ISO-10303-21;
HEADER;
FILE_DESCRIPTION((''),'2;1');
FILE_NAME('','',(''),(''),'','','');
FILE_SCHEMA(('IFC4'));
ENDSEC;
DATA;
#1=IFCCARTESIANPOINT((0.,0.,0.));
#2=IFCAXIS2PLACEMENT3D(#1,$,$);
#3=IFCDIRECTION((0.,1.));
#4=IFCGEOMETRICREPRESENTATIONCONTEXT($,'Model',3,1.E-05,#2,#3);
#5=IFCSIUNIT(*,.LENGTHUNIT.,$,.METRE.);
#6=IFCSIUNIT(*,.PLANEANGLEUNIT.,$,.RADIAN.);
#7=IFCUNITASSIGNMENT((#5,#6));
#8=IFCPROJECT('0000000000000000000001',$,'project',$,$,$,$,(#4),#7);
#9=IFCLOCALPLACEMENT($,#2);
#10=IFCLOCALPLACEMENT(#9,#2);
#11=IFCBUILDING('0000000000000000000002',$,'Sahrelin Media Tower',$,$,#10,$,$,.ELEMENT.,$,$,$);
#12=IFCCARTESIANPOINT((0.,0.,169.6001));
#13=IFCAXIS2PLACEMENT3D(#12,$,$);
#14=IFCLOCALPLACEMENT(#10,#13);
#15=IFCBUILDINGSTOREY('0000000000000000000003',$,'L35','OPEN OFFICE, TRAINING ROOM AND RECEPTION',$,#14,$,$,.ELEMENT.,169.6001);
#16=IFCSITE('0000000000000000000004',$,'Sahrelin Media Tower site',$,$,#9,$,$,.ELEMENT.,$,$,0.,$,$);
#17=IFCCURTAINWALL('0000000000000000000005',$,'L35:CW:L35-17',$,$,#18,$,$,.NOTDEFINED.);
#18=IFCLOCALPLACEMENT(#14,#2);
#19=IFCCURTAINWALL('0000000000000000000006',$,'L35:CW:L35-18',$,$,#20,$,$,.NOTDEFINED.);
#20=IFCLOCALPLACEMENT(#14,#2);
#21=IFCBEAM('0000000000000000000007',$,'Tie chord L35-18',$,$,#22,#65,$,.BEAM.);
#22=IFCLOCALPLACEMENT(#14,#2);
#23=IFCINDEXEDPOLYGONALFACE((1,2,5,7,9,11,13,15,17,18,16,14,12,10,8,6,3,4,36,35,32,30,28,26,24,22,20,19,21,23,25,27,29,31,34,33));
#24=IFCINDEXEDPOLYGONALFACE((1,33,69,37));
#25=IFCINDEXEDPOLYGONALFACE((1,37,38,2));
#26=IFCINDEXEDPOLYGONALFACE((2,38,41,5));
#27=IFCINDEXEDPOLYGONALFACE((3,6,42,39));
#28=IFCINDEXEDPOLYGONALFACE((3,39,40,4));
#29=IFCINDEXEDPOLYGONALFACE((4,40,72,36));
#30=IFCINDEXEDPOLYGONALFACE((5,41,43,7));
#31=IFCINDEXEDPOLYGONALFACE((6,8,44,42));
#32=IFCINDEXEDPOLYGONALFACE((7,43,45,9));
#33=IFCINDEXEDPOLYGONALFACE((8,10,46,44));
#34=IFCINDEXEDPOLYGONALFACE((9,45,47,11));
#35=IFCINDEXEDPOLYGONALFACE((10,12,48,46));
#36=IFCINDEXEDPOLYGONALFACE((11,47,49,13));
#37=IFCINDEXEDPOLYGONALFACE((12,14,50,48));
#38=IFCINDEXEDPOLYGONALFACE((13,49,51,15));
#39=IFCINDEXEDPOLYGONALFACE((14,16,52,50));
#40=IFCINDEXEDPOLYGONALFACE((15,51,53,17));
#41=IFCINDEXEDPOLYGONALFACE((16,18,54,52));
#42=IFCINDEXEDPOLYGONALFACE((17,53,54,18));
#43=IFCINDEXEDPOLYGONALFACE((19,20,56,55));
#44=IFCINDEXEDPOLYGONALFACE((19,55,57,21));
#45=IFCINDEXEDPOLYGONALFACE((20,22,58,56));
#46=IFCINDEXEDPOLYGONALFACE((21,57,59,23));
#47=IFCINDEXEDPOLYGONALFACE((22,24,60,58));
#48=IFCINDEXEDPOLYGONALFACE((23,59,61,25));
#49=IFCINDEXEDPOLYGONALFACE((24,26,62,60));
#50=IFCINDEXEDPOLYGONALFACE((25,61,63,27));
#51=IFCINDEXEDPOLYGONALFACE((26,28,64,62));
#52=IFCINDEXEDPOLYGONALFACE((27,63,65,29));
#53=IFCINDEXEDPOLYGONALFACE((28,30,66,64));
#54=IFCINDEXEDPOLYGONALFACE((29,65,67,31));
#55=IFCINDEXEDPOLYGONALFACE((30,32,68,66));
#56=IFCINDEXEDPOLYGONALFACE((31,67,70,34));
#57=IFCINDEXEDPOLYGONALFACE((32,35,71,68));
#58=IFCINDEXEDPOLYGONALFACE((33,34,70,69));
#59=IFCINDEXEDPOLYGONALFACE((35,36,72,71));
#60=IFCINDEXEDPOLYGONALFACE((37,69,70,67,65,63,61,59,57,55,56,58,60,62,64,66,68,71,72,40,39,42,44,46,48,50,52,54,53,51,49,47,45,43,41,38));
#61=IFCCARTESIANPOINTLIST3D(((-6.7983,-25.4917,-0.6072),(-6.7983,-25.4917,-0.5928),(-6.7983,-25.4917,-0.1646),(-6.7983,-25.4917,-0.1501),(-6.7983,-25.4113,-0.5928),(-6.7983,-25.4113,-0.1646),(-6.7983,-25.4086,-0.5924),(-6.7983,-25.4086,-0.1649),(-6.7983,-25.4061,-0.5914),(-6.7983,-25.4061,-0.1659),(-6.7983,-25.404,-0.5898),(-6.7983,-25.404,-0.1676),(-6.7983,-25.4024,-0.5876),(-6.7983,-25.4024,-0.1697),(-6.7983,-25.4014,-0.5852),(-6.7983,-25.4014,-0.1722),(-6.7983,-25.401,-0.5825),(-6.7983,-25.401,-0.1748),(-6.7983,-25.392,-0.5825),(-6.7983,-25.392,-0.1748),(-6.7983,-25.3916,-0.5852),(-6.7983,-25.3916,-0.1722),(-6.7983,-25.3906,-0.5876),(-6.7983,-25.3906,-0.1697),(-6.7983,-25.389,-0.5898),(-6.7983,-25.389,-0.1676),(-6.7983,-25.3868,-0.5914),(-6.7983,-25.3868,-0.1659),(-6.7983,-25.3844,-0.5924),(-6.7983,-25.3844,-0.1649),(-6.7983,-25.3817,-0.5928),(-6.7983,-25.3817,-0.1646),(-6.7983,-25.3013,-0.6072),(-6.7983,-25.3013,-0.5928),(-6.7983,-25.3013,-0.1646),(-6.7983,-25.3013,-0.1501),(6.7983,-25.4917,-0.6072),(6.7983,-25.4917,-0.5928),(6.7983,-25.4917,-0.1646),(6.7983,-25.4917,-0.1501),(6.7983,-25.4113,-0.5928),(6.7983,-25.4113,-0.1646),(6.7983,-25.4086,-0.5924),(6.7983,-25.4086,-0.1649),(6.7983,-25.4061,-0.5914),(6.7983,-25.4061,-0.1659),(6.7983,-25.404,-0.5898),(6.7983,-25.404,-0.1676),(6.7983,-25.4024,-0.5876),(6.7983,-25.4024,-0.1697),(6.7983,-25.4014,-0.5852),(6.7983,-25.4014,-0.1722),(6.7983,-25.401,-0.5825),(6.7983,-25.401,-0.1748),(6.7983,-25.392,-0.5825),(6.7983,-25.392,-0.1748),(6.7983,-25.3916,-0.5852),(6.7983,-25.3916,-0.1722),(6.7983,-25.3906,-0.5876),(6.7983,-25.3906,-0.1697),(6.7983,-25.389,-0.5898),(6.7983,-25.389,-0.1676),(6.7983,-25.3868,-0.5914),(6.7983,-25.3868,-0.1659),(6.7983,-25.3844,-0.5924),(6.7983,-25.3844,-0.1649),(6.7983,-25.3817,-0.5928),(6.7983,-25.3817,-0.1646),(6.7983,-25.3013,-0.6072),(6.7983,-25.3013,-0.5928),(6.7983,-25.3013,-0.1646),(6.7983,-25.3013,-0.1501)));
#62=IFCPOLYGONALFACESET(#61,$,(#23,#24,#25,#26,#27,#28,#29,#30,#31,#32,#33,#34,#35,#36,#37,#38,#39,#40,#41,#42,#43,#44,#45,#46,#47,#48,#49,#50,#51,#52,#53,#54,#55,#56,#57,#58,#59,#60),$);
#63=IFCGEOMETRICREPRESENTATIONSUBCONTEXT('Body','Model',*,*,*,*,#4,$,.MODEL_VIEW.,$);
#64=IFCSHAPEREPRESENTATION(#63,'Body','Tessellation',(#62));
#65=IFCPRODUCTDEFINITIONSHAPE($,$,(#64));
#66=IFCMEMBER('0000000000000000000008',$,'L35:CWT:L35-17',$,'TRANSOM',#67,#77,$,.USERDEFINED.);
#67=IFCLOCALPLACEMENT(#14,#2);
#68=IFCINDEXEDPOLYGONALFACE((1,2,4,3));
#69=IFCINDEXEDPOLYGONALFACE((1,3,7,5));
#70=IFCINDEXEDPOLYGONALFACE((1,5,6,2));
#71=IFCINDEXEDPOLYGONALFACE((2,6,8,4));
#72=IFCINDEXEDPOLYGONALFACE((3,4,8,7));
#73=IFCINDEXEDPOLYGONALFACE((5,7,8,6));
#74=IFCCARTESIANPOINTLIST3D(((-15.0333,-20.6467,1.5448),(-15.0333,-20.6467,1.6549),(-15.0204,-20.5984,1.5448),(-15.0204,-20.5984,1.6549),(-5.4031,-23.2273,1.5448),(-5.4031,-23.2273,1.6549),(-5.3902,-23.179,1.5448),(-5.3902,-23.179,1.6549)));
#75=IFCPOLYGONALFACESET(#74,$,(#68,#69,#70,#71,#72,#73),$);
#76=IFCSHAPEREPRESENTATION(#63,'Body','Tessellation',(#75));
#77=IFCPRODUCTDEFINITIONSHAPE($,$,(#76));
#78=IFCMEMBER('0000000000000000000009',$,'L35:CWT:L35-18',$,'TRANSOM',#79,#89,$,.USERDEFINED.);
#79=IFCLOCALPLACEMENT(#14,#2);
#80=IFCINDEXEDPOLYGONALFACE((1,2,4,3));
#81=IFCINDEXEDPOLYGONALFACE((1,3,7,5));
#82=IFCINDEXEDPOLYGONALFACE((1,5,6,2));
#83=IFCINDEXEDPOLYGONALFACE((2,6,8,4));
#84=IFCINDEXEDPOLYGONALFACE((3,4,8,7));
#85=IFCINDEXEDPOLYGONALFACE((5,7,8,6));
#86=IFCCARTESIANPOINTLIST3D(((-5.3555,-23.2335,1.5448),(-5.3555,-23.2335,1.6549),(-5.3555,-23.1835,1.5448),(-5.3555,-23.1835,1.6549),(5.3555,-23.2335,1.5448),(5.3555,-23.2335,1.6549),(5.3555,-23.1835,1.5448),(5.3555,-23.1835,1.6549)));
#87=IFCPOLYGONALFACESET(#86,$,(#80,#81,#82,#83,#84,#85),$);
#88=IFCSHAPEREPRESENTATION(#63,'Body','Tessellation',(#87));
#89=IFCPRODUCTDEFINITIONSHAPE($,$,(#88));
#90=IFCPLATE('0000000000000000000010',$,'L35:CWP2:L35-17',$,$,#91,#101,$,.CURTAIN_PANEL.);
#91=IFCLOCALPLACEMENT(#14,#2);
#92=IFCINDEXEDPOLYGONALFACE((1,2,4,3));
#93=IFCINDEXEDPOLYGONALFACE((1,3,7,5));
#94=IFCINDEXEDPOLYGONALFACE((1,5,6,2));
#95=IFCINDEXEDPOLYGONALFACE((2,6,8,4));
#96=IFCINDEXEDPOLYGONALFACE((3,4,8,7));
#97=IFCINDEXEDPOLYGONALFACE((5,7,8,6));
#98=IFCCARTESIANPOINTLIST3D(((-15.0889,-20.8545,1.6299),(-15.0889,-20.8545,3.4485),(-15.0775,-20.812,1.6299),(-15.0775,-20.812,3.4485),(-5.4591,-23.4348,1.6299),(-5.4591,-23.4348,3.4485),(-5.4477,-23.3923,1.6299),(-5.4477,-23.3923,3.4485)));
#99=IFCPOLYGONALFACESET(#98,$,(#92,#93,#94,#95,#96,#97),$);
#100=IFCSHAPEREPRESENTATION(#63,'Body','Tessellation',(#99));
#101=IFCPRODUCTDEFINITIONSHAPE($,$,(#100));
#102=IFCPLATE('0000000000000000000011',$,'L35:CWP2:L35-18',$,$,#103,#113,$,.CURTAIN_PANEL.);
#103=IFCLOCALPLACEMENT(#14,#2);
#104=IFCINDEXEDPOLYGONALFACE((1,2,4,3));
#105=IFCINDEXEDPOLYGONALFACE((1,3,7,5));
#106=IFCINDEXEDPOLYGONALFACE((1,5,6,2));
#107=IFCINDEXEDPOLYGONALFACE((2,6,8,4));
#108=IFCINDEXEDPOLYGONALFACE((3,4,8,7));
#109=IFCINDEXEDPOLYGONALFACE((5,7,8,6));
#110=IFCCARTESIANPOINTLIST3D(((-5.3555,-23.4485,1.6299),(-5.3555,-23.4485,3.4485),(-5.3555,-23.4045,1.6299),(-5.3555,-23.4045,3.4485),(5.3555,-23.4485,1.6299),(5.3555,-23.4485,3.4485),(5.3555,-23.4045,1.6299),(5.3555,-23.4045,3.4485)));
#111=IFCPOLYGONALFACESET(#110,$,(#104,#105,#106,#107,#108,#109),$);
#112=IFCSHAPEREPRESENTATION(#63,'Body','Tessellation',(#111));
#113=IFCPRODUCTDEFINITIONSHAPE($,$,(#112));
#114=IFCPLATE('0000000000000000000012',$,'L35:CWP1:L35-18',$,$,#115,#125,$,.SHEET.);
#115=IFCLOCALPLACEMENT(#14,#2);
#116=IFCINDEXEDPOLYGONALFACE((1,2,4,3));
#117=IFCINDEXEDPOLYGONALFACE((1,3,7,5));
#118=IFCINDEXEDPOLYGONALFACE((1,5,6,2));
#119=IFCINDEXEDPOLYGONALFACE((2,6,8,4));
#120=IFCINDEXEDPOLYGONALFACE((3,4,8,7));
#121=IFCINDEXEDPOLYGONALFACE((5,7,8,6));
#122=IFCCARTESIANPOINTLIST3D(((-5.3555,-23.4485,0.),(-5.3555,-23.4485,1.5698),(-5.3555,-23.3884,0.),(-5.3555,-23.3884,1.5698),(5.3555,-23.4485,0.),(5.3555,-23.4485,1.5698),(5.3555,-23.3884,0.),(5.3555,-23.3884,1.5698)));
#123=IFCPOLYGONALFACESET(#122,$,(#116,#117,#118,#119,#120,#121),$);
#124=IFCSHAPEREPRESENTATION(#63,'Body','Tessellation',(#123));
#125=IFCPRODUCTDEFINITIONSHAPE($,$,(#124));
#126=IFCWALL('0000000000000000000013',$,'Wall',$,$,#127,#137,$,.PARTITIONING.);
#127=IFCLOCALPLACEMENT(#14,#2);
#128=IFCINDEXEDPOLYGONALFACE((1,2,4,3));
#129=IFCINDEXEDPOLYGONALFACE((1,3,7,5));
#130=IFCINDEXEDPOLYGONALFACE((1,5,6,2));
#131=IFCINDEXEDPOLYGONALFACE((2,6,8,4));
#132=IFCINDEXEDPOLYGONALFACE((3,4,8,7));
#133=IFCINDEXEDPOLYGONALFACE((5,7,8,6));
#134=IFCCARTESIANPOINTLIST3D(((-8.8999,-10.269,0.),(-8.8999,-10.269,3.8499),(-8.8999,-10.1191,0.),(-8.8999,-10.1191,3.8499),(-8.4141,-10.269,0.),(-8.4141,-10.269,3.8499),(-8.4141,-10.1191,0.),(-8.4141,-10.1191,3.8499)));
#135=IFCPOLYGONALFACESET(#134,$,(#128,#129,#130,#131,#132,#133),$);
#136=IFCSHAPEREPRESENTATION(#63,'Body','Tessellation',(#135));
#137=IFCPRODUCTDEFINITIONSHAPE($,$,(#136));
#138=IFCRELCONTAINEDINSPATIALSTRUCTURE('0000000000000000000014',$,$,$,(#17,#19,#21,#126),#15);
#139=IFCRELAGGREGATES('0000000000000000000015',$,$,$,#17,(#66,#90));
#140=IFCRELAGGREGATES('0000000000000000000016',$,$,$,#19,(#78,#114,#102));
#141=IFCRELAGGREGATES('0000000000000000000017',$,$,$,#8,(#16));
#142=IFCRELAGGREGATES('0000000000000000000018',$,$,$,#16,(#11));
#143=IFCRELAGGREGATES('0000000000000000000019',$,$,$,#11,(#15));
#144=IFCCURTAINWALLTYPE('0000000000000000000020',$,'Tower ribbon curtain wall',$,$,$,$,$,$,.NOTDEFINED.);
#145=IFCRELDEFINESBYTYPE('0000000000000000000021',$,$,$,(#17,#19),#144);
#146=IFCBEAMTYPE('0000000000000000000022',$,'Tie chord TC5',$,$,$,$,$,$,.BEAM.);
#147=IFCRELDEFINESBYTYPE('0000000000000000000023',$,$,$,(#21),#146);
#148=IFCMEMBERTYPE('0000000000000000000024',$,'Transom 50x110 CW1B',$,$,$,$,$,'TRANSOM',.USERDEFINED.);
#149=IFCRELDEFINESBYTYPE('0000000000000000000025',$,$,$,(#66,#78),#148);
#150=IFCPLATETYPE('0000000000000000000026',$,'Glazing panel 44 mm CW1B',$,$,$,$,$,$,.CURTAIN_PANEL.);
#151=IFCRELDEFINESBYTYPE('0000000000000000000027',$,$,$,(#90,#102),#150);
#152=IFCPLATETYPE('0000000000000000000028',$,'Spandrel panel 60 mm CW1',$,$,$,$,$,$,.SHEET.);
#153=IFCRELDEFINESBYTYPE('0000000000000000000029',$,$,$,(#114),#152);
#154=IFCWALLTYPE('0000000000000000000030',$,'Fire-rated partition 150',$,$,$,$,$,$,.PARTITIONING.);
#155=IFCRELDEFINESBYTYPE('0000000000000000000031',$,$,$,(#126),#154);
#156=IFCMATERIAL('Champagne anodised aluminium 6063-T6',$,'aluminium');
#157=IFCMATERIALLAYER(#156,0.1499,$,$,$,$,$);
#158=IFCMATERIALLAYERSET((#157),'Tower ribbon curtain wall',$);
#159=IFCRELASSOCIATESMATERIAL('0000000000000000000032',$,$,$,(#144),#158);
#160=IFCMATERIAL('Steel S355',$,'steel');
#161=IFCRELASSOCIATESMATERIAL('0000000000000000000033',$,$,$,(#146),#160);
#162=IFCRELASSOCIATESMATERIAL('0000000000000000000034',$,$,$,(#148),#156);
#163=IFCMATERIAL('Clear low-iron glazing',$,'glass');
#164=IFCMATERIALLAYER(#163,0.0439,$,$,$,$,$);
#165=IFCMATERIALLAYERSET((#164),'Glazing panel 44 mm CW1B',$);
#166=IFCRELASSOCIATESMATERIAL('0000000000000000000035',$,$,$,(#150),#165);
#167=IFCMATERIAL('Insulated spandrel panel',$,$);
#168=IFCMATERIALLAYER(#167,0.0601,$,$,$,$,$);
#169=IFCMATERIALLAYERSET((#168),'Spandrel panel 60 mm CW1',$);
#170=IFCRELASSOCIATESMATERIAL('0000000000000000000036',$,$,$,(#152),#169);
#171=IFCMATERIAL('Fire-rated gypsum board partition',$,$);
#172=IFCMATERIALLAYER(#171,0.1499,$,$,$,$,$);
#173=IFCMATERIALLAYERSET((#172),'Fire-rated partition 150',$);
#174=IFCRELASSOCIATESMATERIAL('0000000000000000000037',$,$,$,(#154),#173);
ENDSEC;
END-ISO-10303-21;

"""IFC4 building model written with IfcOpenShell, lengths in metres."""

from ifc_helpers import new_model, si_unit, direction, frame, frame_2d, origin, origin_2d, place, context, subcontext, project, spatial, polyline, rectangle, i_section, outline, extrude, material, layer, layer_set, material_profile, profile_set, type_object, element, aggregate, save


model = new_model("IFC4")

# Units and contexts
model_context = context("Model", 3, precision=1e-05, world=origin(), true_north=direction((0.0, 1.0)))
body_context = subcontext(model_context, "Body", "Model", "MODEL_VIEW")
ifc_project = project(units=[si_unit("LENGTHUNIT", "METRE"), si_unit("PLANEANGLEUNIT", "RADIAN")], contexts=[model_context])

# Site, building, storey
site_placement = place(None, origin())
site = spatial("IfcSite", under=ifc_project, at=site_placement, Name="Sahrelin Media Tower site", CompositionType="ELEMENT", RefElevation=0.0)
building_placement = place(site_placement, origin())
building = spatial("IfcBuilding", under=site, at=building_placement, Name="Sahrelin Media Tower", CompositionType="ELEMENT")
storey_placement = place(building_placement, frame((0.0, 0.0, 169.6001)))
storey = spatial("IfcBuildingStorey", under=building, at=storey_placement, Name="L35", Description="OPEN OFFICE, TRAINING ROOM AND RECEPTION", CompositionType="ELEMENT", Elevation=169.6001)

# Shared definitions
ifc_material_1 = material(Name="Steel S355", Category="steel")

# Curtain walls
ifc_material_2 = material(Name="Champagne anodised aluminium 6063-T6", Category="aluminium")
ifc_layer_1 = layer(ifc_material_2, 0.1499)
ifc_layer_set_1 = layer_set([ifc_layer_1], Name="Tower ribbon curtain wall")
curtain_wall_type = type_object("IfcCurtainWallType", Name="Tower ribbon curtain wall", PredefinedType="NOTDEFINED", material=ifc_layer_set_1)
curtain_wall_1_placement = place(storey_placement, frame((-10.2688, -22.1252, 0.0), z_axis=(0.0, 0.0, 1.0), x_axis=(1.0, 0.0, 0.0)))
curtain_wall_1 = element("IfcCurtainWall", 1, at=curtain_wall_1_placement, inside=storey, type_object=curtain_wall_type, Name="L35:CW:L35-17", PredefinedType="NOTDEFINED")
curtain_wall_2_placement = place(storey_placement, frame((0.0, -23.4285, 0.0), z_axis=(0.0, 0.0, 1.0), x_axis=(1.0, 0.0, 0.0)))
curtain_wall_2 = element("IfcCurtainWall", 2, at=curtain_wall_2_placement, inside=storey, type_object=curtain_wall_type, Name="L35:CW:L35-18", PredefinedType="NOTDEFINED")

# Beam
ifc_material_profile_1 = material_profile(ifc_material_1, i_section(OverallWidth=0.1904, OverallDepth=0.457, WebThickness=0.009, FlangeThickness=0.0144, FilletRadius=0.0103, at=origin_2d()), Name="UB 457x191x74")
ifc_profile_set_1 = profile_set([ifc_material_profile_1], Name="Steel S355")
beam_type_1 = type_object("IfcBeamType", Name="Tie chord TC5", PredefinedType="BEAM", material=ifc_profile_set_1)
beam_1_placement = place(storey_placement, frame((-6.7983, -25.3965, -0.3787), z_axis=(1.0, 0.0, 0.0), x_axis=(0.0, 1.0, 0.0)))
element("IfcBeam", 3, at=beam_1_placement, inside=storey, type_object=beam_type_1, Name="Tie chord L35-18", PredefinedType="BEAM", context=body_context, shape_type="SweptSolid", body=[
    extrude(i_section(OverallWidth=0.1904, OverallDepth=0.457, WebThickness=0.009, FlangeThickness=0.0144, FilletRadius=0.0103, at=origin_2d()), origin(), (0.0, 0.0, 1.0), 13.5967),
])

# Members
ifc_material_profile_2 = material_profile(ifc_material_2, rectangle(XDim=0.05, YDim=0.1101, at=origin_2d()), Name="Transom 50x110")
ifc_profile_set_2 = profile_set([ifc_material_profile_2], Name="Champagne anodised aluminium 6063-T6")
member_type_1 = type_object("IfcMemberType", Name="Transom 50x110 CW1B", ElementType="TRANSOM", PredefinedType="USERDEFINED", material=ifc_profile_set_2)
member_1_placement = place(storey_placement, frame((-15.0269, -20.6226, 1.5999), z_axis=(0.965921, -0.258836, 0.0), x_axis=(0.258836, 0.965921, 0.0)))
member_1 = element("IfcMember", 4, at=member_1_placement, type_object=member_type_1, Name="L35:CWT:L35-17", ObjectType="TRANSOM", PredefinedType="USERDEFINED", context=body_context, shape_type="SweptSolid", body=[
    extrude(rectangle(XDim=0.05, YDim=0.1101, at=origin_2d()), origin(), (0.0, 0.0, 1.0), 9.97),
])
member_2_placement = place(storey_placement, frame((-5.3555, -23.2085, 1.5999), z_axis=(1.0, 0.0, 0.0), x_axis=(0.0, 1.0, 0.0)))
member_2 = element("IfcMember", 5, at=member_2_placement, type_object=member_type_1, Name="L35:CWT:L35-18", ObjectType="TRANSOM", PredefinedType="USERDEFINED", context=body_context, shape_type="SweptSolid", body=[
    extrude(rectangle(XDim=0.05, YDim=0.1101, at=origin_2d()), origin(), (0.0, 0.0, 1.0), 10.7109),
])

# Plates
ifc_material_3 = material(Name="Clear low-iron glazing", Category="glass")
ifc_layer_2 = layer(ifc_material_3, 0.0439)
ifc_layer_set_2 = layer_set([ifc_layer_2], Name="Glazing panel 44 mm CW1B")
plate_type_1 = type_object("IfcPlateType", Name="Glazing panel 44 mm CW1B", PredefinedType="CURTAIN_PANEL", material=ifc_layer_set_2)
plate_1_placement = place(storey_placement, frame((-15.0889, -20.8545, 1.6299), z_axis=(-0.258819, -0.965926, 0.0), x_axis=(0.965926, -0.258819, 0.0)))
plate_1 = element("IfcPlate", 6, at=plate_1_placement, type_object=plate_type_1, Name="L35:CWP2:L35-17", PredefinedType="CURTAIN_PANEL", context=body_context, shape_type="SweptSolid", body=[
    extrude(outline(polyline([(0.0, 0.0), (9.9695, 0.0), (9.9695, 1.8186), (0.0, 1.8186), (0.0, 0.0)])), origin(), (0.0, 0.0, -1.0), 0.0439),
])
aggregate(curtain_wall_1, [member_1, plate_1])
plate_2_placement = place(storey_placement, frame((-5.3555, -23.4485, 1.6299), z_axis=(0.0, -1.0, 0.0), x_axis=(1.0, 0.0, 0.0)))
plate_2 = element("IfcPlate", 7, at=plate_2_placement, type_object=plate_type_1, Name="L35:CWP2:L35-18", PredefinedType="CURTAIN_PANEL", context=body_context, shape_type="SweptSolid", body=[
    extrude(outline(polyline([(0.0, 0.0), (10.7109, 0.0), (10.7109, 1.8186), (0.0, 1.8186), (0.0, 0.0)])), origin(), (0.0, 0.0, -1.0), 0.0439),
])
ifc_material_4 = material(Name="Insulated spandrel panel")
ifc_layer_3 = layer(ifc_material_4, 0.0601)
ifc_layer_set_3 = layer_set([ifc_layer_3], Name="Spandrel panel 60 mm CW1")
plate_type_2 = type_object("IfcPlateType", Name="Spandrel panel 60 mm CW1", PredefinedType="SHEET", material=ifc_layer_set_3)
plate_3_placement = place(storey_placement, frame((-5.3555, -23.4485, 0.0), z_axis=(0.0, -1.0, 0.0), x_axis=(1.0, 0.0, 0.0)))
plate_3 = element("IfcPlate", 8, at=plate_3_placement, type_object=plate_type_2, Name="L35:CWP1:L35-18", PredefinedType="SHEET", context=body_context, shape_type="SweptSolid", body=[
    extrude(outline(polyline([(0.0, 0.0), (10.7109, 0.0), (10.7109, 1.5698), (0.0, 1.5698), (0.0, 0.0)])), origin(), (0.0, 0.0, -1.0), 0.0601),
])
aggregate(curtain_wall_2, [member_2, plate_3, plate_2])

# Wall
ifc_material_5 = material(Name="Fire-rated gypsum board partition")
ifc_layer_4 = layer(ifc_material_5, 0.1499)
ifc_layer_set_4 = layer_set([ifc_layer_4], Name="Fire-rated partition 150")
wall_type_1 = type_object("IfcWallType", Name="Fire-rated partition 150", PredefinedType="PARTITIONING", material=ifc_layer_set_4)
wall_1_placement = place(storey_placement, frame((-8.8999, -10.1941, 0.0), z_axis=(0.0, 0.0, 1.0), x_axis=(1.0, 0.0, 0.0)))
element("IfcWall", 9, at=wall_1_placement, inside=storey, type_object=wall_type_1, Name="Wall", PredefinedType="PARTITIONING", context=body_context, shape_type="SweptSolid", body=[
    extrude(rectangle(XDim=0.4858, YDim=0.1499, at=frame_2d((0.2429, 0.0))), origin(), (0.0, 0.0, 1.0), 3.8499),
])

save(model, "model.ifc")
